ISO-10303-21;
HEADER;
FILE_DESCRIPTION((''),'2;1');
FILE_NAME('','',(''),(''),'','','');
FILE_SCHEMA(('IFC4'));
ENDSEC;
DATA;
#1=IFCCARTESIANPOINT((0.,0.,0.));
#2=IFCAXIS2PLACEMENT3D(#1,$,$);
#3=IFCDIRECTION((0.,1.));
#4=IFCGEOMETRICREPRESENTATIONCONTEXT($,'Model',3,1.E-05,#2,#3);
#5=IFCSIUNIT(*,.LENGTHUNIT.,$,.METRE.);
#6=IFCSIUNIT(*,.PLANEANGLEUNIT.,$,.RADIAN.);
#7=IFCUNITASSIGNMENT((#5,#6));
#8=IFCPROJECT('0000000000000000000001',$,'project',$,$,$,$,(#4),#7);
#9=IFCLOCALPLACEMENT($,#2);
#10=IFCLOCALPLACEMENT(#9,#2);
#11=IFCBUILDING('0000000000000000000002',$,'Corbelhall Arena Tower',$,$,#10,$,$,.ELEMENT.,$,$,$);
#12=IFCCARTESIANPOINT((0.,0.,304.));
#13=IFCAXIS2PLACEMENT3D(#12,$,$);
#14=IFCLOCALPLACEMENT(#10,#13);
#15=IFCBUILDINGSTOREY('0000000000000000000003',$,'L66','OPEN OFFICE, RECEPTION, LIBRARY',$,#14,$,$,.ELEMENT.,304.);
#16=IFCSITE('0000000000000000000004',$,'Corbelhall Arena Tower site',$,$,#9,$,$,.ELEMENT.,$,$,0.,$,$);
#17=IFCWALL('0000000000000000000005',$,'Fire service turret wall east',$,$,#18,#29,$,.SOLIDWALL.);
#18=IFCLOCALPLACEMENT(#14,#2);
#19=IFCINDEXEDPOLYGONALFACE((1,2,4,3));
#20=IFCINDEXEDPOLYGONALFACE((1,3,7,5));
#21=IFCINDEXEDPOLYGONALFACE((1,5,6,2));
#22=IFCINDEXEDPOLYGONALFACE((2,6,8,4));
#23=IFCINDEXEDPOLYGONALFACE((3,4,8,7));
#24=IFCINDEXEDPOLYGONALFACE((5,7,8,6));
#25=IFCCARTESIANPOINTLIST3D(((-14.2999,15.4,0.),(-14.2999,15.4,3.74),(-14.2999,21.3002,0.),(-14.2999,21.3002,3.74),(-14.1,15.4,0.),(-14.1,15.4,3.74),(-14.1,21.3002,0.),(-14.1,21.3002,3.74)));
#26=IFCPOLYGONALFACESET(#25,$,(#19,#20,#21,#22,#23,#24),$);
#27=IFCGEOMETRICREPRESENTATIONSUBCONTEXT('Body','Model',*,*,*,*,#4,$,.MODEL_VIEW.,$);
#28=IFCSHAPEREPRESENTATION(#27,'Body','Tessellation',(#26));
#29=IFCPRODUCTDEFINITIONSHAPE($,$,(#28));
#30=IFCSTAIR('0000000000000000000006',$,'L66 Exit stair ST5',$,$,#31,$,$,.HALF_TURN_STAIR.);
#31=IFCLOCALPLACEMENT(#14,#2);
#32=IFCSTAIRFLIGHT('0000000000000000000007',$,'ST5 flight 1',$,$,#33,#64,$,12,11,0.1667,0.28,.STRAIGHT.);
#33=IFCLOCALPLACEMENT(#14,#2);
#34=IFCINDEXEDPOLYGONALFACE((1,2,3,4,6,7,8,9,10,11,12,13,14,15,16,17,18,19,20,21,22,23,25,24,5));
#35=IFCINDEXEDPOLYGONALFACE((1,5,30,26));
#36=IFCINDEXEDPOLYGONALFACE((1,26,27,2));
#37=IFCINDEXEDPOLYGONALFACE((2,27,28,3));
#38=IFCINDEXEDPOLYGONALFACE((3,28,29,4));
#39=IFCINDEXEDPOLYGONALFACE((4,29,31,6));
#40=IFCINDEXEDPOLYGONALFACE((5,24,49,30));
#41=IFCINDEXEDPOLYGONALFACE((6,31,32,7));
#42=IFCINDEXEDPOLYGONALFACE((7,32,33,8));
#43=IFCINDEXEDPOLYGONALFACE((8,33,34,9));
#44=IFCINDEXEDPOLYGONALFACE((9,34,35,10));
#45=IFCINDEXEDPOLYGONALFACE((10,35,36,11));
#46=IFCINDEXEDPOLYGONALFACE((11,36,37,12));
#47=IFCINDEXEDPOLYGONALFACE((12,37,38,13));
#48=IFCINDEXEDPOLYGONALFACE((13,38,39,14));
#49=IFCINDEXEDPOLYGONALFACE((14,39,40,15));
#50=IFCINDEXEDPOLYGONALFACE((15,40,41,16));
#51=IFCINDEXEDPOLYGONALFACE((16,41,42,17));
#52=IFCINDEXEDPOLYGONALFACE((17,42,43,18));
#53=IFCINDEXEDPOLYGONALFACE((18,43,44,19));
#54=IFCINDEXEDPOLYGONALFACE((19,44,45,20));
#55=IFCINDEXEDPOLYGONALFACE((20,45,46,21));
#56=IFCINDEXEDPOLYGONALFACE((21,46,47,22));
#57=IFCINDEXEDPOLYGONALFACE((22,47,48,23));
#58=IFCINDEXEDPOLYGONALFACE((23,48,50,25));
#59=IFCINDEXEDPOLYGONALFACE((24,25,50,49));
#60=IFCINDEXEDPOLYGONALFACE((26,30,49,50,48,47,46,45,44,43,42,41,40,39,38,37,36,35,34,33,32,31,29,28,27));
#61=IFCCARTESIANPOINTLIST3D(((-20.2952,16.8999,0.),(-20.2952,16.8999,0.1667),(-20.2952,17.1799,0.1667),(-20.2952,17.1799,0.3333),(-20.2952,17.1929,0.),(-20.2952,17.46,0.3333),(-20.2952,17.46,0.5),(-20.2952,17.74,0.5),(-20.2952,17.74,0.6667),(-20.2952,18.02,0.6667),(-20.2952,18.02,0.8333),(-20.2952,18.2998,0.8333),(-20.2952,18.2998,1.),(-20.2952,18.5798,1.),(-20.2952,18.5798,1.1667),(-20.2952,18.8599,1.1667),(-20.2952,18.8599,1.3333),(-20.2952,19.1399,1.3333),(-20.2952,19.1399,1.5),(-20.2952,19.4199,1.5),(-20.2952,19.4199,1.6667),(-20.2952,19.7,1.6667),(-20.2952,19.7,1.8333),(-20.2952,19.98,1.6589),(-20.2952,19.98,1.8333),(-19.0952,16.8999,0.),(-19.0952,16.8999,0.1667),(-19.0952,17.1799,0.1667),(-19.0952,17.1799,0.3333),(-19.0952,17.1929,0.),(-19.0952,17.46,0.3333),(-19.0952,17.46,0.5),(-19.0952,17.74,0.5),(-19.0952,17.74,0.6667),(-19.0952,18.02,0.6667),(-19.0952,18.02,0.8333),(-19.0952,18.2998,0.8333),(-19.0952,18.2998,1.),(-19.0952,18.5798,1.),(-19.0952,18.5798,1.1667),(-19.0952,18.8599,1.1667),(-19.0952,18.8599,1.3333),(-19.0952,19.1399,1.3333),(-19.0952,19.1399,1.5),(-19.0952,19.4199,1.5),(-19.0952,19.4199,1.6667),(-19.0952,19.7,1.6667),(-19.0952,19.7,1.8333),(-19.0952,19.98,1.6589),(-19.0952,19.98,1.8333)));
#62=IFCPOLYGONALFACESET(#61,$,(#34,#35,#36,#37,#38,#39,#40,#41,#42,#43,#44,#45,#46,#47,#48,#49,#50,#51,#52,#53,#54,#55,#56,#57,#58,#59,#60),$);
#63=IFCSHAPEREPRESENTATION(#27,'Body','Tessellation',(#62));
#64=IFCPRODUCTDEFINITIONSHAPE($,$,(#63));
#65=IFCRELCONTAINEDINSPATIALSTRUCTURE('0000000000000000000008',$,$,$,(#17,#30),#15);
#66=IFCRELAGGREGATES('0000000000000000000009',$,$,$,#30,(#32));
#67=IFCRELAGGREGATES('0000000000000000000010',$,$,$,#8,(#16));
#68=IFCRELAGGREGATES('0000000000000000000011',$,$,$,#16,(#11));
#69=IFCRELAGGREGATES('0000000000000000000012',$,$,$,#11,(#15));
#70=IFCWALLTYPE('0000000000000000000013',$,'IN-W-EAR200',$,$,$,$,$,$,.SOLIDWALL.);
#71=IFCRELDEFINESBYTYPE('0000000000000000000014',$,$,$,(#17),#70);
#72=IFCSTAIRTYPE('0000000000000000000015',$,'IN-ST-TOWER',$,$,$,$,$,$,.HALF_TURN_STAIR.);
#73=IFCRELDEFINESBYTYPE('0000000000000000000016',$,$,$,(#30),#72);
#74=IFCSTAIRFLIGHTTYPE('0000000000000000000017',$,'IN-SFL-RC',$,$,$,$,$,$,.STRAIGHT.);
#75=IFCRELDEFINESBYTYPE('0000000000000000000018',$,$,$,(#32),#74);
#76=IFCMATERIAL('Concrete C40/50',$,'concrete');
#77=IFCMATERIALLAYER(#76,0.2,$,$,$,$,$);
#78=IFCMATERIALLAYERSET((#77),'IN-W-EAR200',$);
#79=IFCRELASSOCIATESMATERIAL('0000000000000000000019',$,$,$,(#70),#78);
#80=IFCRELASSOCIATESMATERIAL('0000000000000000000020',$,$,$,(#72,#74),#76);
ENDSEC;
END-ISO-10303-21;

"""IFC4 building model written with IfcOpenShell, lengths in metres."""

from ifc_helpers import new_model, si_unit, direction, frame, frame_2d, origin, place, context, subcontext, project, spatial, polyline, rectangle, outline, extrude, material, layer, layer_set, type_object, element, aggregate, save


model = new_model("IFC4")

# Units and contexts
model_context = context("Model", 3, precision=1e-05, world=origin(), true_north=direction((0.0, 1.0)))
body_context = subcontext(model_context, "Body", "Model", "MODEL_VIEW")
ifc_project = project(units=[si_unit("LENGTHUNIT", "METRE"), si_unit("PLANEANGLEUNIT", "RADIAN")], contexts=[model_context])

# Site, building, storey
site_placement = place(None, origin())
site = spatial("IfcSite", under=ifc_project, at=site_placement, Name="Corbelhall Arena Tower site", CompositionType="ELEMENT", RefElevation=0.0)
building_placement = place(site_placement, origin())
building = spatial("IfcBuilding", under=site, at=building_placement, Name="Corbelhall Arena Tower", CompositionType="ELEMENT")
storey_placement = place(building_placement, frame((0.0, 0.0, 304.0)))
storey = spatial("IfcBuildingStorey", under=building, at=storey_placement, Name="L66", Description="OPEN OFFICE, RECEPTION, LIBRARY", CompositionType="ELEMENT", Elevation=304.0)

# Shared definitions
ifc_material_1 = material(Name="Concrete C40/50", Category="concrete")
ifc_layer_1 = layer(ifc_material_1, 0.2)
ifc_layer_set_1 = layer_set([ifc_layer_1], Name="IN-W-EAR200")
wall_type_1 = type_object("IfcWallType", Name="IN-W-EAR200", PredefinedType="SOLIDWALL", material=ifc_layer_set_1)

# Wall
for number, where, z_axis, x_axis, name in (
    (1, (-14.2, 15.3999, 0.0), (0.0, 0.0, 1.0), (0.0, 1.0, 0.0), "Fire service turret wall east"),
):
    element("IfcWall", number, at=place(storey_placement, frame(where, z_axis=z_axis, x_axis=x_axis)), inside=storey, type_object=wall_type_1, Name=name, PredefinedType="SOLIDWALL", context=body_context, shape_type="SweptSolid", body=[
        extrude(rectangle(XDim=5.9001, YDim=0.2, at=frame_2d((2.9502, 0.0))), origin(), (0.0, 0.0, 1.0), 3.74),
    ])

# Stair, stair flight
stair_type = type_object("IfcStairType", Name="IN-ST-TOWER", PredefinedType="HALF_TURN_STAIR", material=ifc_material_1)
stair_placement = place(storey_placement, origin())
stair = element("IfcStair", 2, at=stair_placement, inside=storey, type_object=stair_type, Name="L66 Exit stair ST5", PredefinedType="HALF_TURN_STAIR")
stair_flight_type = type_object("IfcStairFlightType", Name="IN-SFL-RC", PredefinedType="STRAIGHT", material=ifc_material_1)
stair_flight_placement = place(storey_placement, frame((-19.6951, 16.8999, 0.0), z_axis=(0.0, 0.0, 1.0), x_axis=(0.0, 1.0, 0.0)))
stair_flight = element("IfcStairFlight", 3, at=stair_flight_placement, type_object=stair_flight_type, Name="ST5 flight 1", NumberOfRisers=12, NumberOfTreads=11, PredefinedType="STRAIGHT", RiserHeight=0.1667, TreadLength=0.28, context=body_context, shape_type="SweptSolid", body=[
    extrude(outline(polyline([(0.0, 0.0), (0.0, 0.1667), (0.28, 0.1667), (0.28, 0.3333), (0.5601, 0.3333), (0.5601, 0.5), (0.8401, 0.5), (0.8401, 0.6667), (1.1201, 0.6667), (1.1201, 0.8333), (1.3999, 0.8333), (1.3999, 1.0), (1.6799, 1.0), (1.6799, 1.1667), (1.96, 1.1667), (1.96, 1.3333), (2.24, 1.3333), (2.24, 1.5), (2.52, 1.5), (2.52, 1.6667), (2.8, 1.6667), (2.8, 1.8333), (3.0801, 1.8333), (3.0801, 2.0), (3.0801, 1.6589), (0.293, 0.0), (0.0, 0.0)])), frame((0.0, 0.6001, 0.0), z_axis=(0.0, -1.0, 0.0), x_axis=(1.0, 0.0, 0.0)), (0.0, 0.0, 1.0), 1.2),
])
aggregate(stair, [stair_flight])

save(model, "model.ifc")
